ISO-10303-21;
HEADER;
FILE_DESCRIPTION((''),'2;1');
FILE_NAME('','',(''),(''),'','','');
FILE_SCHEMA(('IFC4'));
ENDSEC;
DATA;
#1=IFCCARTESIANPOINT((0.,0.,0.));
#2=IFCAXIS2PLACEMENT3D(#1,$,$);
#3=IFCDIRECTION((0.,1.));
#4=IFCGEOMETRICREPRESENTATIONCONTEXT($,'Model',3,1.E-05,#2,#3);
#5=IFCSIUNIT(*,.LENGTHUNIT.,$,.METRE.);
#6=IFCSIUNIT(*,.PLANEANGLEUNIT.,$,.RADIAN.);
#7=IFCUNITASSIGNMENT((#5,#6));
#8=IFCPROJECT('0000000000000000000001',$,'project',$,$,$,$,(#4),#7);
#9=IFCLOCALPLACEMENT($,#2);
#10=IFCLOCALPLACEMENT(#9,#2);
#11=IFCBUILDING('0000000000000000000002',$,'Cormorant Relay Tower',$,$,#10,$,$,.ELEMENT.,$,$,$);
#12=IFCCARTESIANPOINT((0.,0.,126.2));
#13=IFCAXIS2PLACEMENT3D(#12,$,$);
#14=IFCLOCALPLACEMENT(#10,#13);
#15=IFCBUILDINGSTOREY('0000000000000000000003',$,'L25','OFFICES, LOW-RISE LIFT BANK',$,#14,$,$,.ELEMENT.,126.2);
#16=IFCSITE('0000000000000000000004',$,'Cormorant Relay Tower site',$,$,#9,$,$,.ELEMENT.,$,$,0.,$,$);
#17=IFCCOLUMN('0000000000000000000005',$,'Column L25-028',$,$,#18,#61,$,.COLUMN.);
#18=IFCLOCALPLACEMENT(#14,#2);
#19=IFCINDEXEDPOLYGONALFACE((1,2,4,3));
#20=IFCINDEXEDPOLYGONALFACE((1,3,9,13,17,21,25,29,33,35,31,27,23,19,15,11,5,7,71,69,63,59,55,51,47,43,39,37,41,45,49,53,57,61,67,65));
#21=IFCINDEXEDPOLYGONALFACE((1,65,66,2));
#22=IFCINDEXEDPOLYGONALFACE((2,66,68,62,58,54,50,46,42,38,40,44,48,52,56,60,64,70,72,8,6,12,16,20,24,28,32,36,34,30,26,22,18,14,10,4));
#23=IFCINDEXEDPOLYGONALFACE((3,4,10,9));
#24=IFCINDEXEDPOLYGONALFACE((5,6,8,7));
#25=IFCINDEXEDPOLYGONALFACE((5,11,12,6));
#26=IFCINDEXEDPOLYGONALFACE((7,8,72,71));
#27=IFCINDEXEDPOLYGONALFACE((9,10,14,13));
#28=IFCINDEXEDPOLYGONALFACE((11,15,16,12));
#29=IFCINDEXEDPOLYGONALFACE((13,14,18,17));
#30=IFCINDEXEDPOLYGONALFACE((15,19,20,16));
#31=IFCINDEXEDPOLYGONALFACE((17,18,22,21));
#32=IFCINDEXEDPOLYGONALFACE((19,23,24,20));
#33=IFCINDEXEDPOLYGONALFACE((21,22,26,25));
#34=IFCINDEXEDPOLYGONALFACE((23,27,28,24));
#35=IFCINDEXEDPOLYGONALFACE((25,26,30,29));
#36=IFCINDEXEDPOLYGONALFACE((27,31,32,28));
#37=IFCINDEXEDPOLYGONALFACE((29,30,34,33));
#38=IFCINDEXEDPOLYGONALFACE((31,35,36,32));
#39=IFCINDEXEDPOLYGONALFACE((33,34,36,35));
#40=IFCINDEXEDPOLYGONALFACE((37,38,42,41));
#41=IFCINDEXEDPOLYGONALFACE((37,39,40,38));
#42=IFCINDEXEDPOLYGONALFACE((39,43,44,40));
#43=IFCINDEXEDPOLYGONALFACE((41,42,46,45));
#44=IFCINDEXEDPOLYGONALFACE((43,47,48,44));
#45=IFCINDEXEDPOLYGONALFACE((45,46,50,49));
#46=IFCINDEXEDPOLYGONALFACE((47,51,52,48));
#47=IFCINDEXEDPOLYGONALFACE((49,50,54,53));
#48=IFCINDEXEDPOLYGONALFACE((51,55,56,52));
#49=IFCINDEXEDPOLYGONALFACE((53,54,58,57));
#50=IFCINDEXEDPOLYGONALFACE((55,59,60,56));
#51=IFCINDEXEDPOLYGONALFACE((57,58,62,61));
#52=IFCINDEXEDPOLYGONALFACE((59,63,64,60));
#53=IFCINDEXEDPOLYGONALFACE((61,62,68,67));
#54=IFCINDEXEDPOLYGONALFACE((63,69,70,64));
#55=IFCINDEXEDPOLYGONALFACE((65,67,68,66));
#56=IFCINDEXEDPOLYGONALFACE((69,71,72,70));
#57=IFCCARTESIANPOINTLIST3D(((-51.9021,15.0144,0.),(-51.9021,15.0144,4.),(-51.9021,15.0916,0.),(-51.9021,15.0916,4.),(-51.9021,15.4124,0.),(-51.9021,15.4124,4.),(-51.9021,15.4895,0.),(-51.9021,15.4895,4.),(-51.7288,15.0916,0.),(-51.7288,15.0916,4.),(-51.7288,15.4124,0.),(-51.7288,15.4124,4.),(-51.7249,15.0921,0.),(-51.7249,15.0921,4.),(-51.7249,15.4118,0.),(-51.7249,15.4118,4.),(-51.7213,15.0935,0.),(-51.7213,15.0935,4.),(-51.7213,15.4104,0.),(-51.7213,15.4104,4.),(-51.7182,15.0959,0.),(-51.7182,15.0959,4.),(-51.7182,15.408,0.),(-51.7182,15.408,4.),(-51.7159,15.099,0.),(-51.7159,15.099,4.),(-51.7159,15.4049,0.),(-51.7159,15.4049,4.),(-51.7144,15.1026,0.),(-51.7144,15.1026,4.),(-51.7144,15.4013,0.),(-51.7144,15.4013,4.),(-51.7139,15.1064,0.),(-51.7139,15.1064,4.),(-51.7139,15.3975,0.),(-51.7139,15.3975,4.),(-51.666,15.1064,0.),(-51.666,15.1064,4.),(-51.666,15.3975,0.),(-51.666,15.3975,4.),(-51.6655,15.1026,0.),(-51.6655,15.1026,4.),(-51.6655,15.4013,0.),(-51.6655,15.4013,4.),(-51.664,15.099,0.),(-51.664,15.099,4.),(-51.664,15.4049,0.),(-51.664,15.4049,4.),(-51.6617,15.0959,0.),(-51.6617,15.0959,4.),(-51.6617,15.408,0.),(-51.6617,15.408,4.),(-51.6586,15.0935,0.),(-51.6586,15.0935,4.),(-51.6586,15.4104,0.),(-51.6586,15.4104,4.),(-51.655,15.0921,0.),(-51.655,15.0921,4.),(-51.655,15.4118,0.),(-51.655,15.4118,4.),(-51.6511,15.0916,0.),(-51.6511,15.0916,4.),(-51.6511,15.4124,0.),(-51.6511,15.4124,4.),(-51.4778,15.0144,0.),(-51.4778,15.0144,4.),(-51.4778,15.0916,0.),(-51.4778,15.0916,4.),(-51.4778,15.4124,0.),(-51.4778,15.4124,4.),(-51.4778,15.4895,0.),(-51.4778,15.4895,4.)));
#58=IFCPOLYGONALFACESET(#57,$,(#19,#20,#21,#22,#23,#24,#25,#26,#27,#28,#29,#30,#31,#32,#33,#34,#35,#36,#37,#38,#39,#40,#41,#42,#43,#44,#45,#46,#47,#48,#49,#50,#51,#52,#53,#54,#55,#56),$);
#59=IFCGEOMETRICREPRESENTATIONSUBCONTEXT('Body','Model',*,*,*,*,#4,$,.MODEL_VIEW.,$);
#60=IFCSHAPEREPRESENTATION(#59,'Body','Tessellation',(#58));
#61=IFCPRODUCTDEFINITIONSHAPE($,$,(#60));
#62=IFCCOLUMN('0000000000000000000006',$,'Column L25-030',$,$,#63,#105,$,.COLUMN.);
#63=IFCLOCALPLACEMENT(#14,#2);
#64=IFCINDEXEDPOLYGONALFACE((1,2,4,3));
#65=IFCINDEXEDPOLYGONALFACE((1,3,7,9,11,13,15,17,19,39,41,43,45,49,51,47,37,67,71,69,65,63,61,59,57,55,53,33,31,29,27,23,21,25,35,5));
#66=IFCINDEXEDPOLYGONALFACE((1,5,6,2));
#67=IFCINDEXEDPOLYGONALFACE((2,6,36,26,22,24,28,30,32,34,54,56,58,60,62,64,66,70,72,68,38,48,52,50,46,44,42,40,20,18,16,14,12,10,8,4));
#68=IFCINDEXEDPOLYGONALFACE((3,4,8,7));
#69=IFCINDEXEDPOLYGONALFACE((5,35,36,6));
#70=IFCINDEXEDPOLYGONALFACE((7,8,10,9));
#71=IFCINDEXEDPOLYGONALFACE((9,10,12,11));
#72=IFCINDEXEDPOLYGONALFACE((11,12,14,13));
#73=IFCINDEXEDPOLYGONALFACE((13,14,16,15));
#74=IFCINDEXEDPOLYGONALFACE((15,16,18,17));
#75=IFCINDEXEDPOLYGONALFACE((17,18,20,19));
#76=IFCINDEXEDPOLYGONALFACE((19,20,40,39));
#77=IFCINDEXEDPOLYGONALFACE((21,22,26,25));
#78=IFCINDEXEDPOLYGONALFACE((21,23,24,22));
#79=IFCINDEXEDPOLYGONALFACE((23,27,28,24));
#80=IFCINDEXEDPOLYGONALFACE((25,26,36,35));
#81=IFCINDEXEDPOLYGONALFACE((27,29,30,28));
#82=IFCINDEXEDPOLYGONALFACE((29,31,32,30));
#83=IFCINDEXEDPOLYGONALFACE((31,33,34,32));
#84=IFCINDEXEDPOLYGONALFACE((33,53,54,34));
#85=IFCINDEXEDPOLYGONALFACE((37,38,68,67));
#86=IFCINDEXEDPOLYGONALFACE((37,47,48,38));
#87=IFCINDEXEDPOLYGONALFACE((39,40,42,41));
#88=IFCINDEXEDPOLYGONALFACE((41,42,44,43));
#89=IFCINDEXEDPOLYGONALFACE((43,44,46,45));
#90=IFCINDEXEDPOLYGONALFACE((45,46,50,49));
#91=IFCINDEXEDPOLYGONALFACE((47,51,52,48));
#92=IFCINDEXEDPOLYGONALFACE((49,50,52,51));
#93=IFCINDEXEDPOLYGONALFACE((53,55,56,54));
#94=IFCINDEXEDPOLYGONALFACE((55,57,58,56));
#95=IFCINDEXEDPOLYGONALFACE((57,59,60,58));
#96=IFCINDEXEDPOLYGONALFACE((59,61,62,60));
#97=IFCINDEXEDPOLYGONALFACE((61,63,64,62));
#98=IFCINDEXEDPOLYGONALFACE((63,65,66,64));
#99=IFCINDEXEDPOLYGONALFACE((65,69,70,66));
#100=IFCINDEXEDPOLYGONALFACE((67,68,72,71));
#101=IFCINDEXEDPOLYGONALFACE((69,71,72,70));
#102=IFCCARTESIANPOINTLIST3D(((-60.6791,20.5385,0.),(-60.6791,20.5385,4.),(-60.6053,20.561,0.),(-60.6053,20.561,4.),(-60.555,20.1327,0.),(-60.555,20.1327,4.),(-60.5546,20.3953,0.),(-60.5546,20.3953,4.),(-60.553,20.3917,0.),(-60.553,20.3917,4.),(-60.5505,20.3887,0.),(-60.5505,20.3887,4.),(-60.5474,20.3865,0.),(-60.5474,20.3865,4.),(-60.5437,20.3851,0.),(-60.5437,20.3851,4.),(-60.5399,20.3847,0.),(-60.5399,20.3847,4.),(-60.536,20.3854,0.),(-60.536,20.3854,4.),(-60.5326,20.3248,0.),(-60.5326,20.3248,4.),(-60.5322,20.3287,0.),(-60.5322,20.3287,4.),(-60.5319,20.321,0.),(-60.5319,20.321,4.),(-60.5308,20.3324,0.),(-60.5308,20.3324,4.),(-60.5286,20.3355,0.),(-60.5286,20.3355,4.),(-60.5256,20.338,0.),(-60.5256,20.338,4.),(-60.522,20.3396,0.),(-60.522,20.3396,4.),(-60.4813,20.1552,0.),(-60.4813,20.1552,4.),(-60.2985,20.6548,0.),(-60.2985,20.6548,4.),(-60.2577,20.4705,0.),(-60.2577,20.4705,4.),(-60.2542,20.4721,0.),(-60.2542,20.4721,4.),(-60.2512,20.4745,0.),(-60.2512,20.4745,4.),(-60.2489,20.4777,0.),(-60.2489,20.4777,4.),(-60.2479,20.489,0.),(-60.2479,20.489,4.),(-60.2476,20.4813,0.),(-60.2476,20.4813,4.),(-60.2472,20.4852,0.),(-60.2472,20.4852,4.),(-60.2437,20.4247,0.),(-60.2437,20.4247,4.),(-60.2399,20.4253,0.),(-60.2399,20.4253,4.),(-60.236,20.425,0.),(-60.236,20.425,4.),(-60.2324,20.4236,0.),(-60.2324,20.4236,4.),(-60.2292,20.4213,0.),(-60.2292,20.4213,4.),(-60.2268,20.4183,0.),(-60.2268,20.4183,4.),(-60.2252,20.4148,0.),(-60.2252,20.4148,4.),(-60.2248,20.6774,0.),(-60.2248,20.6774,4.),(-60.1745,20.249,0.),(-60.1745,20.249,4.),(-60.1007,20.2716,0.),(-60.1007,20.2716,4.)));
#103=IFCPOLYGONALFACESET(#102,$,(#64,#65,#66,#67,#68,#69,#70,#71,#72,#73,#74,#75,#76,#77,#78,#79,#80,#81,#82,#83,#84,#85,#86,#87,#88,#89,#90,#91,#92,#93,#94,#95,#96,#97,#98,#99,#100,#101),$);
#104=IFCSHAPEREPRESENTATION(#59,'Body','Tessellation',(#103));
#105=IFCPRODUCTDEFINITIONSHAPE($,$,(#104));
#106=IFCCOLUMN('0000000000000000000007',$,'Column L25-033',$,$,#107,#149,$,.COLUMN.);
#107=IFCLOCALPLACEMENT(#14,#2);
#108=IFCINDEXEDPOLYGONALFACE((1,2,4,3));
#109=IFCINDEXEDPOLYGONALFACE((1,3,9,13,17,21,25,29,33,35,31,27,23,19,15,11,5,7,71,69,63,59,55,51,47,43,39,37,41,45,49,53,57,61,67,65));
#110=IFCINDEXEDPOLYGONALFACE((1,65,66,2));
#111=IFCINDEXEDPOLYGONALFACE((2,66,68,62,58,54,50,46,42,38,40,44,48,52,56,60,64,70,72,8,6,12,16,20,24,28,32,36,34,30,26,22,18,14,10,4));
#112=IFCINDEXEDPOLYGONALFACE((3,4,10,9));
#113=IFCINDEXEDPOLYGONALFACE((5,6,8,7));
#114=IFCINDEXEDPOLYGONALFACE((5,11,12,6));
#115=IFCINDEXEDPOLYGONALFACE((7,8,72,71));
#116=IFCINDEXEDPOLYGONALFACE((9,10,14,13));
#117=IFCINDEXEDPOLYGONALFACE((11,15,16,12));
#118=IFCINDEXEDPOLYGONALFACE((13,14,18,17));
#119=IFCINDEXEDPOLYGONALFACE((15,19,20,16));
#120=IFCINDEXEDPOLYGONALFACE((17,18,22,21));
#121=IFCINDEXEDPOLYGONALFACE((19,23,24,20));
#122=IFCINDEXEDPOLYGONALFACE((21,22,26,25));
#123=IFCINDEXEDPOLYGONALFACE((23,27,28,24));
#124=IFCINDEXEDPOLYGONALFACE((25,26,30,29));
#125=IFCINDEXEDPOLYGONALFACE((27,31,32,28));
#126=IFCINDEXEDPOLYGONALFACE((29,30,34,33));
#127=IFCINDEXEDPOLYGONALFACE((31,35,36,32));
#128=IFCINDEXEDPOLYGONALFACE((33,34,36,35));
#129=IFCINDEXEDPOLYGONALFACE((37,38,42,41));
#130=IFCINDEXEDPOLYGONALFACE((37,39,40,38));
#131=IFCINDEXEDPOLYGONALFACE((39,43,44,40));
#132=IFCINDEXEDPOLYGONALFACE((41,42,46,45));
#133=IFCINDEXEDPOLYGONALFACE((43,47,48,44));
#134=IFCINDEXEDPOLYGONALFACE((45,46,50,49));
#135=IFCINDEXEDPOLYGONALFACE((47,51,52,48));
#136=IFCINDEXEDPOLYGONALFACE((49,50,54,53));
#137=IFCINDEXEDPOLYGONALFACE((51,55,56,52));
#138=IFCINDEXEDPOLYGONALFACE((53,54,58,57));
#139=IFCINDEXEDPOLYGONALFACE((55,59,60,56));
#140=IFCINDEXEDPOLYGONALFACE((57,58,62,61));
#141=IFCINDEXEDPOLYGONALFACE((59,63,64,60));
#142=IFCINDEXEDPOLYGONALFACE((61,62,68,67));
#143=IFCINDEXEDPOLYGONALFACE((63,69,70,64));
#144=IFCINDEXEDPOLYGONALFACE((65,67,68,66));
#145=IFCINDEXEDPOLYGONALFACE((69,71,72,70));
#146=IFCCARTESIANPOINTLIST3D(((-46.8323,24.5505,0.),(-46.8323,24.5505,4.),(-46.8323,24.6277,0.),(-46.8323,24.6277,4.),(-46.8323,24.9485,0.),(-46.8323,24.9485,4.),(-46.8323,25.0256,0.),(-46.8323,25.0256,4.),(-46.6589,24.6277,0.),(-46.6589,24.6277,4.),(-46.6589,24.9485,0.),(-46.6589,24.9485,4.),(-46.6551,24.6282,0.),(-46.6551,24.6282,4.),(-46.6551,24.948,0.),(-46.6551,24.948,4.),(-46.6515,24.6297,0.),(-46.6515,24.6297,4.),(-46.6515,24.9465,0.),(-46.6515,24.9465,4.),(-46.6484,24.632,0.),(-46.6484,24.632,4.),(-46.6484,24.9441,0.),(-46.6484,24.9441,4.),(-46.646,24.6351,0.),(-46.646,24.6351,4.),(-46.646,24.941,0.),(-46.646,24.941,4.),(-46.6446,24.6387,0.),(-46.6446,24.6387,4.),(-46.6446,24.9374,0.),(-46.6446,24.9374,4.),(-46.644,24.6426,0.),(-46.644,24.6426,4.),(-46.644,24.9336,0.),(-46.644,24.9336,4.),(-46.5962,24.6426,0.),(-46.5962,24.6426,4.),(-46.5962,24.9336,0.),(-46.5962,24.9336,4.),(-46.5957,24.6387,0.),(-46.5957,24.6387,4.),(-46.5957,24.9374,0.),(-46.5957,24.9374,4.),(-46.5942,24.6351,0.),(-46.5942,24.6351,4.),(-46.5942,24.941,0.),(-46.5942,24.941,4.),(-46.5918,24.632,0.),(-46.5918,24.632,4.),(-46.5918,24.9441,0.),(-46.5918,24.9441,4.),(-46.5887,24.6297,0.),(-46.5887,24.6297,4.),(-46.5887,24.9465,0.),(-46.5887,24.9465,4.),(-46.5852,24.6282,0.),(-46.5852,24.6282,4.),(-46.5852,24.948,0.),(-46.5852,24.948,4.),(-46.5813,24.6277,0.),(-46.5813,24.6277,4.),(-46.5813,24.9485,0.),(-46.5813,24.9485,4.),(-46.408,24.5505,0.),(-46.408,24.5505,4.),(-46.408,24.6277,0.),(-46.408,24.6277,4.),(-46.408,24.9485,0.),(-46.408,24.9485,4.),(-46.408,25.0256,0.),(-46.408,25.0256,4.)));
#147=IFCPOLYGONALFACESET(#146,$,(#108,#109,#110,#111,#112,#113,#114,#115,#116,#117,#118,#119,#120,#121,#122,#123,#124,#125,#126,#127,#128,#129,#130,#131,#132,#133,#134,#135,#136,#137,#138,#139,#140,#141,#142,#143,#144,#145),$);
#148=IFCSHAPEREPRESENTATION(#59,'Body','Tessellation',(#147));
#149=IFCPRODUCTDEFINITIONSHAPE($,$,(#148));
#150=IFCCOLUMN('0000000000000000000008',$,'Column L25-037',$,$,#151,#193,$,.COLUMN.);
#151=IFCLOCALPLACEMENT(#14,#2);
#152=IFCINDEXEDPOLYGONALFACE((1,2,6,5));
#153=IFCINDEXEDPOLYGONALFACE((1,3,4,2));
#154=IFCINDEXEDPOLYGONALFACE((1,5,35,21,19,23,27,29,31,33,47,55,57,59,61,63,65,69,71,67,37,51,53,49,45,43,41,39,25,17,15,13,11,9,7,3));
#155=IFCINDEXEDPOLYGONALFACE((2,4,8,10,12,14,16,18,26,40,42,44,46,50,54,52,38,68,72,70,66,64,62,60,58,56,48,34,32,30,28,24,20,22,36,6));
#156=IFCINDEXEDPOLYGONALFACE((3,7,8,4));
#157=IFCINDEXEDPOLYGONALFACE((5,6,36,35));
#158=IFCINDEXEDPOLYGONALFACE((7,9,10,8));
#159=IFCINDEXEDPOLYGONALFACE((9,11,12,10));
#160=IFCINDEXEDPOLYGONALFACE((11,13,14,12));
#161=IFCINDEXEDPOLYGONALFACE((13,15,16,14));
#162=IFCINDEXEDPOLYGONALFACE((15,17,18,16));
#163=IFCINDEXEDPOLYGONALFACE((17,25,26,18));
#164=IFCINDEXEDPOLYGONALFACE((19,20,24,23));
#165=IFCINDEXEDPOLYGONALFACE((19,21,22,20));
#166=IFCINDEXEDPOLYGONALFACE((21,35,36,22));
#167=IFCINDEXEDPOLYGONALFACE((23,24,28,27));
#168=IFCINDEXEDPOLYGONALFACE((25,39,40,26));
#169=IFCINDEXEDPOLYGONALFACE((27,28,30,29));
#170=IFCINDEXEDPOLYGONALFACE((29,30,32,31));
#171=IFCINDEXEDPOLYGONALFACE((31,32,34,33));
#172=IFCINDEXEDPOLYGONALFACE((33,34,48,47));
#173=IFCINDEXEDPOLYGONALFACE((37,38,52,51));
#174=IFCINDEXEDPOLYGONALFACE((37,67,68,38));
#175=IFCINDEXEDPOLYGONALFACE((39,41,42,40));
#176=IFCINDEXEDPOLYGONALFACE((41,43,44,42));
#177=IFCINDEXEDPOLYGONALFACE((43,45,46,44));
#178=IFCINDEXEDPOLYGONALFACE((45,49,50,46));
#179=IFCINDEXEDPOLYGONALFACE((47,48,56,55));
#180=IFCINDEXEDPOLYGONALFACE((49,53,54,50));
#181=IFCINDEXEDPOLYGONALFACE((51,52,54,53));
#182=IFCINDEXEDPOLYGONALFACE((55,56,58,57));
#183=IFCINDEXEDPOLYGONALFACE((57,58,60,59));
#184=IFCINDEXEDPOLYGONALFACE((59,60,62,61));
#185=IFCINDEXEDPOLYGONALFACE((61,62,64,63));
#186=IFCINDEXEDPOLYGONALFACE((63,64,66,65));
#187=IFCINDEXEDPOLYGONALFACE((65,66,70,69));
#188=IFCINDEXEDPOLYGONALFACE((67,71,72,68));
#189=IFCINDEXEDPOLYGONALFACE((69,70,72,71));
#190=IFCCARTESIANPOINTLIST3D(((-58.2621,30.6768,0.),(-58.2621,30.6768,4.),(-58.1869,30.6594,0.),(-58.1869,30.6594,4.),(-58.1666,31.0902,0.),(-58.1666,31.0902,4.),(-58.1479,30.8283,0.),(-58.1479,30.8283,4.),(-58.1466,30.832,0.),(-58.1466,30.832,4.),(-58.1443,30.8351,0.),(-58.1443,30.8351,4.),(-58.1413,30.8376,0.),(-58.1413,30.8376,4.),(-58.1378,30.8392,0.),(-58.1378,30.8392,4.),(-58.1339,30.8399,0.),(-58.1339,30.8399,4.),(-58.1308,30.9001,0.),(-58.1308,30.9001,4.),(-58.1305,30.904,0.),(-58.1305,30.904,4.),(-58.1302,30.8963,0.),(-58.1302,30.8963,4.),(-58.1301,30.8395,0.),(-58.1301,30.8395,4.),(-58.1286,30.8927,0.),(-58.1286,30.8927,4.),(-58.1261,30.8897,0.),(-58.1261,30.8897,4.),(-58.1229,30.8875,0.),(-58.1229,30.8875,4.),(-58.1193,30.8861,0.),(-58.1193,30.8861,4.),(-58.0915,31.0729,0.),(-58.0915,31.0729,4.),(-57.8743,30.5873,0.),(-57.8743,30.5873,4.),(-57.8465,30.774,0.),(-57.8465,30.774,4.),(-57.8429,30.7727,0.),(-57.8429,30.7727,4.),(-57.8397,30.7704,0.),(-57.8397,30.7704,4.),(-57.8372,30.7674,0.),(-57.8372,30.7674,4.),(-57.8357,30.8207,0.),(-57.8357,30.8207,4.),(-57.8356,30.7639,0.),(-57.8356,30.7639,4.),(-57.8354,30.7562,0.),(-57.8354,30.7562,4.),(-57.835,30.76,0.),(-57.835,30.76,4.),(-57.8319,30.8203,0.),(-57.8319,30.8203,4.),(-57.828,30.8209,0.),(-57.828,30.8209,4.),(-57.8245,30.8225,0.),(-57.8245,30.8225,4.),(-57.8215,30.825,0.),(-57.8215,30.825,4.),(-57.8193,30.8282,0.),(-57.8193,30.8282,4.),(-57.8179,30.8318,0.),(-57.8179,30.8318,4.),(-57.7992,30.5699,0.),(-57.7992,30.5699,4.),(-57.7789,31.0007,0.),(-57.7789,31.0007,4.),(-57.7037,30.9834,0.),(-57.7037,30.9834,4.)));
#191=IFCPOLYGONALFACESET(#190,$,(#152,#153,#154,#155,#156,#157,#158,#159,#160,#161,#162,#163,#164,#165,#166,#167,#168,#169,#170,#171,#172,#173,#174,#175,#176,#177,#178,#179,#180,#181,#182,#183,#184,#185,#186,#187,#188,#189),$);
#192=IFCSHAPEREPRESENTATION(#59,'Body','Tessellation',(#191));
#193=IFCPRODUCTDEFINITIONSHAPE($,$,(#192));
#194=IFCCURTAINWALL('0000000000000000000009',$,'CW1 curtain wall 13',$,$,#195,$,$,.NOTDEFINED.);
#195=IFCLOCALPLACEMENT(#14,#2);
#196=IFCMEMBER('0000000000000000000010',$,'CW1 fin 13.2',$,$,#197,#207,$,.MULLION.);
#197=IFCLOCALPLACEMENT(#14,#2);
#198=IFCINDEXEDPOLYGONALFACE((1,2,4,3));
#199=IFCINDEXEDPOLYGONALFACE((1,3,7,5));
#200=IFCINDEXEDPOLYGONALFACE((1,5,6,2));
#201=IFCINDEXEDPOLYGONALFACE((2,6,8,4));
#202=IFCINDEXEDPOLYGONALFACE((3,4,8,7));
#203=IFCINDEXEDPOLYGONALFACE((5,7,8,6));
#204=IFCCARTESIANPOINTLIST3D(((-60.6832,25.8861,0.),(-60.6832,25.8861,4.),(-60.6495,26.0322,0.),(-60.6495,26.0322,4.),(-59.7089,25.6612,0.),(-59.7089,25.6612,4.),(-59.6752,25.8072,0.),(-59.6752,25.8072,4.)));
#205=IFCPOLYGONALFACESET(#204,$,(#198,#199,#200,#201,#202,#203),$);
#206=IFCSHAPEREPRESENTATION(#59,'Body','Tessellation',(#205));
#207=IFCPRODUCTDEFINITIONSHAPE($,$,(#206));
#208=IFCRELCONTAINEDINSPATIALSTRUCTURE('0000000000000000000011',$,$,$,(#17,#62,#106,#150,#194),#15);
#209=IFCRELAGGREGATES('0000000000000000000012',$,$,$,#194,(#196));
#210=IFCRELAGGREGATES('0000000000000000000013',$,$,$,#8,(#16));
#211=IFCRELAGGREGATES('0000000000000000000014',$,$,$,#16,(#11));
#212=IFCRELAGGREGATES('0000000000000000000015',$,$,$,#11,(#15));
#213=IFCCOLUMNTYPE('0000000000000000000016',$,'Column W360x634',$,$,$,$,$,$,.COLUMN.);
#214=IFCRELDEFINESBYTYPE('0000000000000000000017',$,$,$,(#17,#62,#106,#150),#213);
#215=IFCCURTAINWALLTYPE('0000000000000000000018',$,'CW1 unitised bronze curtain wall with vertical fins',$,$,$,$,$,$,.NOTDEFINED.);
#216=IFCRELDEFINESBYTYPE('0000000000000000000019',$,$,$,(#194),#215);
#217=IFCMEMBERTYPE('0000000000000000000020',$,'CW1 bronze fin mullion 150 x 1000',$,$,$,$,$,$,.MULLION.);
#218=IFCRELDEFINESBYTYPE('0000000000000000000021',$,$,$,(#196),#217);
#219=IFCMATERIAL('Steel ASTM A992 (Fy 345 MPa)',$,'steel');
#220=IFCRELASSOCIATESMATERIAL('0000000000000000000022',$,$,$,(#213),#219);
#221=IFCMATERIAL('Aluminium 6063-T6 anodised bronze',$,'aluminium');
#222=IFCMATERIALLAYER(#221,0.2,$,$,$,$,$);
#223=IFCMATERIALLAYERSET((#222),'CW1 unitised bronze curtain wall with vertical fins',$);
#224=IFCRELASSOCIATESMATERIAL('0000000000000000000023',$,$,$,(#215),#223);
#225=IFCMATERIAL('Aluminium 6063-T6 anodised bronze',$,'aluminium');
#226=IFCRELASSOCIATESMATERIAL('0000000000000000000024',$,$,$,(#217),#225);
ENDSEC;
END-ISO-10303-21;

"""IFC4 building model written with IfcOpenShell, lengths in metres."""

from ifc_helpers import new_model, si_unit, direction, frame, origin, origin_2d, place, context, subcontext, project, spatial, rectangle, i_section, extrude, material, layer, layer_set, material_profile, profile_set, type_object, element, aggregate, save


model = new_model("IFC4")

# Units and contexts
model_context = context("Model", 3, precision=1e-05, world=origin(), true_north=direction((0.0, 1.0)))
body_context = subcontext(model_context, "Body", "Model", "MODEL_VIEW")
ifc_project = project(units=[si_unit("LENGTHUNIT", "METRE"), si_unit("PLANEANGLEUNIT", "RADIAN")], contexts=[model_context])

# Site, building, storey
site_placement = place(None, origin())
site = spatial("IfcSite", under=ifc_project, at=site_placement, Name="Cormorant Relay Tower site", CompositionType="ELEMENT", RefElevation=0.0)
building_placement = place(site_placement, origin())
building = spatial("IfcBuilding", under=site, at=building_placement, Name="Cormorant Relay Tower", CompositionType="ELEMENT")
storey_placement = place(building_placement, frame((0.0, 0.0, 126.2)))
storey = spatial("IfcBuildingStorey", under=building, at=storey_placement, Name="L25", Description="OFFICES, LOW-RISE LIFT BANK", CompositionType="ELEMENT", Elevation=126.2)

# Columns
ifc_material_1 = material(Name="Steel ASTM A992 (Fy 345 MPa)", Category="steel")
ifc_material_profile_1 = material_profile(ifc_material_1, i_section(OverallWidth=0.4243, OverallDepth=0.4751, WebThickness=0.0479, FlangeThickness=0.0771, FilletRadius=0.0149, at=origin_2d()), Name="W360x634")
ifc_profile_set_1 = profile_set([ifc_material_profile_1], Name="Steel ASTM A992 (Fy 345 MPa)")
column_type = type_object("IfcColumnType", Name="Column W360x634", PredefinedType="COLUMN", material=ifc_profile_set_1)
for number, where, z_axis, x_axis, name in (
    (1, (-51.6899, 15.252, 0.0), (0.0, 0.0, 1.0), (1.0, 0.0, 0.0), "Column L25-028"),
    (2, (-60.3899, 20.405, 0.0), (0.0, 0.0, 1.0), (0.292372, -0.956305, 0.0), "Column L25-030"),
    (3, (-46.6201, 24.7881, 0.0), (0.0, 0.0, 1.0), (1.0, 0.0, 0.0), "Column L25-033"),
    (4, (-57.9829, 30.8301, 0.0), (0.0, 0.0, 1.0), (-0.224951, -0.97437, 0.0), "Column L25-037"),
):
    element("IfcColumn", number, at=place(storey_placement, frame(where, z_axis=z_axis, x_axis=x_axis)), inside=storey, type_object=column_type, Name=name, PredefinedType="COLUMN", context=body_context, shape_type="SweptSolid", body=[
        extrude(i_section(OverallWidth=0.4243, OverallDepth=0.4751, WebThickness=0.0479, FlangeThickness=0.0771, FilletRadius=0.0149, at=origin_2d()), origin(), (0.0, 0.0, 1.0), 4.0),
    ])

# Curtain wall, member
ifc_material_2 = material(Name="Aluminium 6063-T6 anodised bronze", Category="aluminium")
ifc_layer_1 = layer(ifc_material_2, 0.2)
ifc_layer_set_1 = layer_set([ifc_layer_1], Name="CW1 unitised bronze curtain wall with vertical fins")
curtain_wall_type = type_object("IfcCurtainWallType", Name="CW1 unitised bronze curtain wall with vertical fins", PredefinedType="NOTDEFINED", material=ifc_layer_set_1)
curtain_wall_1_placement = place(storey_placement, origin())
curtain_wall_1 = element("IfcCurtainWall", 5, at=curtain_wall_1_placement, inside=storey, type_object=curtain_wall_type, Name="CW1 curtain wall 13", PredefinedType="NOTDEFINED")
ifc_material_3 = material(Name="Aluminium 6063-T6 anodised bronze", Category="aluminium")
ifc_material_profile_2 = material_profile(ifc_material_3, rectangle(XDim=0.1499, YDim=1.0, at=origin_2d()), Name="AL 150x1000")
ifc_profile_set_2 = profile_set([ifc_material_profile_2], Name="Aluminium 6063-T6 anodised bronze")
member_type_1 = type_object("IfcMemberType", Name="CW1 bronze fin mullion 150 x 1000", PredefinedType="MULLION", material=ifc_profile_set_2)
member_1_placement = place(storey_placement, frame((-60.1792, 25.8467, 0.0), z_axis=(0.0, 0.0, 1.0), x_axis=(-0.224951, -0.97437, 0.0)))
member_1 = element("IfcMember", 6, at=member_1_placement, type_object=member_type_1, Name="CW1 fin 13.2", PredefinedType="MULLION", context=body_context, shape_type="SweptSolid", body=[
    extrude(rectangle(XDim=0.1499, YDim=1.0, at=origin_2d()), origin(), (0.0, 0.0, 1.0), 4.0),
])

aggregate(curtain_wall_1, [member_1])

save(model, "model.ifc")
